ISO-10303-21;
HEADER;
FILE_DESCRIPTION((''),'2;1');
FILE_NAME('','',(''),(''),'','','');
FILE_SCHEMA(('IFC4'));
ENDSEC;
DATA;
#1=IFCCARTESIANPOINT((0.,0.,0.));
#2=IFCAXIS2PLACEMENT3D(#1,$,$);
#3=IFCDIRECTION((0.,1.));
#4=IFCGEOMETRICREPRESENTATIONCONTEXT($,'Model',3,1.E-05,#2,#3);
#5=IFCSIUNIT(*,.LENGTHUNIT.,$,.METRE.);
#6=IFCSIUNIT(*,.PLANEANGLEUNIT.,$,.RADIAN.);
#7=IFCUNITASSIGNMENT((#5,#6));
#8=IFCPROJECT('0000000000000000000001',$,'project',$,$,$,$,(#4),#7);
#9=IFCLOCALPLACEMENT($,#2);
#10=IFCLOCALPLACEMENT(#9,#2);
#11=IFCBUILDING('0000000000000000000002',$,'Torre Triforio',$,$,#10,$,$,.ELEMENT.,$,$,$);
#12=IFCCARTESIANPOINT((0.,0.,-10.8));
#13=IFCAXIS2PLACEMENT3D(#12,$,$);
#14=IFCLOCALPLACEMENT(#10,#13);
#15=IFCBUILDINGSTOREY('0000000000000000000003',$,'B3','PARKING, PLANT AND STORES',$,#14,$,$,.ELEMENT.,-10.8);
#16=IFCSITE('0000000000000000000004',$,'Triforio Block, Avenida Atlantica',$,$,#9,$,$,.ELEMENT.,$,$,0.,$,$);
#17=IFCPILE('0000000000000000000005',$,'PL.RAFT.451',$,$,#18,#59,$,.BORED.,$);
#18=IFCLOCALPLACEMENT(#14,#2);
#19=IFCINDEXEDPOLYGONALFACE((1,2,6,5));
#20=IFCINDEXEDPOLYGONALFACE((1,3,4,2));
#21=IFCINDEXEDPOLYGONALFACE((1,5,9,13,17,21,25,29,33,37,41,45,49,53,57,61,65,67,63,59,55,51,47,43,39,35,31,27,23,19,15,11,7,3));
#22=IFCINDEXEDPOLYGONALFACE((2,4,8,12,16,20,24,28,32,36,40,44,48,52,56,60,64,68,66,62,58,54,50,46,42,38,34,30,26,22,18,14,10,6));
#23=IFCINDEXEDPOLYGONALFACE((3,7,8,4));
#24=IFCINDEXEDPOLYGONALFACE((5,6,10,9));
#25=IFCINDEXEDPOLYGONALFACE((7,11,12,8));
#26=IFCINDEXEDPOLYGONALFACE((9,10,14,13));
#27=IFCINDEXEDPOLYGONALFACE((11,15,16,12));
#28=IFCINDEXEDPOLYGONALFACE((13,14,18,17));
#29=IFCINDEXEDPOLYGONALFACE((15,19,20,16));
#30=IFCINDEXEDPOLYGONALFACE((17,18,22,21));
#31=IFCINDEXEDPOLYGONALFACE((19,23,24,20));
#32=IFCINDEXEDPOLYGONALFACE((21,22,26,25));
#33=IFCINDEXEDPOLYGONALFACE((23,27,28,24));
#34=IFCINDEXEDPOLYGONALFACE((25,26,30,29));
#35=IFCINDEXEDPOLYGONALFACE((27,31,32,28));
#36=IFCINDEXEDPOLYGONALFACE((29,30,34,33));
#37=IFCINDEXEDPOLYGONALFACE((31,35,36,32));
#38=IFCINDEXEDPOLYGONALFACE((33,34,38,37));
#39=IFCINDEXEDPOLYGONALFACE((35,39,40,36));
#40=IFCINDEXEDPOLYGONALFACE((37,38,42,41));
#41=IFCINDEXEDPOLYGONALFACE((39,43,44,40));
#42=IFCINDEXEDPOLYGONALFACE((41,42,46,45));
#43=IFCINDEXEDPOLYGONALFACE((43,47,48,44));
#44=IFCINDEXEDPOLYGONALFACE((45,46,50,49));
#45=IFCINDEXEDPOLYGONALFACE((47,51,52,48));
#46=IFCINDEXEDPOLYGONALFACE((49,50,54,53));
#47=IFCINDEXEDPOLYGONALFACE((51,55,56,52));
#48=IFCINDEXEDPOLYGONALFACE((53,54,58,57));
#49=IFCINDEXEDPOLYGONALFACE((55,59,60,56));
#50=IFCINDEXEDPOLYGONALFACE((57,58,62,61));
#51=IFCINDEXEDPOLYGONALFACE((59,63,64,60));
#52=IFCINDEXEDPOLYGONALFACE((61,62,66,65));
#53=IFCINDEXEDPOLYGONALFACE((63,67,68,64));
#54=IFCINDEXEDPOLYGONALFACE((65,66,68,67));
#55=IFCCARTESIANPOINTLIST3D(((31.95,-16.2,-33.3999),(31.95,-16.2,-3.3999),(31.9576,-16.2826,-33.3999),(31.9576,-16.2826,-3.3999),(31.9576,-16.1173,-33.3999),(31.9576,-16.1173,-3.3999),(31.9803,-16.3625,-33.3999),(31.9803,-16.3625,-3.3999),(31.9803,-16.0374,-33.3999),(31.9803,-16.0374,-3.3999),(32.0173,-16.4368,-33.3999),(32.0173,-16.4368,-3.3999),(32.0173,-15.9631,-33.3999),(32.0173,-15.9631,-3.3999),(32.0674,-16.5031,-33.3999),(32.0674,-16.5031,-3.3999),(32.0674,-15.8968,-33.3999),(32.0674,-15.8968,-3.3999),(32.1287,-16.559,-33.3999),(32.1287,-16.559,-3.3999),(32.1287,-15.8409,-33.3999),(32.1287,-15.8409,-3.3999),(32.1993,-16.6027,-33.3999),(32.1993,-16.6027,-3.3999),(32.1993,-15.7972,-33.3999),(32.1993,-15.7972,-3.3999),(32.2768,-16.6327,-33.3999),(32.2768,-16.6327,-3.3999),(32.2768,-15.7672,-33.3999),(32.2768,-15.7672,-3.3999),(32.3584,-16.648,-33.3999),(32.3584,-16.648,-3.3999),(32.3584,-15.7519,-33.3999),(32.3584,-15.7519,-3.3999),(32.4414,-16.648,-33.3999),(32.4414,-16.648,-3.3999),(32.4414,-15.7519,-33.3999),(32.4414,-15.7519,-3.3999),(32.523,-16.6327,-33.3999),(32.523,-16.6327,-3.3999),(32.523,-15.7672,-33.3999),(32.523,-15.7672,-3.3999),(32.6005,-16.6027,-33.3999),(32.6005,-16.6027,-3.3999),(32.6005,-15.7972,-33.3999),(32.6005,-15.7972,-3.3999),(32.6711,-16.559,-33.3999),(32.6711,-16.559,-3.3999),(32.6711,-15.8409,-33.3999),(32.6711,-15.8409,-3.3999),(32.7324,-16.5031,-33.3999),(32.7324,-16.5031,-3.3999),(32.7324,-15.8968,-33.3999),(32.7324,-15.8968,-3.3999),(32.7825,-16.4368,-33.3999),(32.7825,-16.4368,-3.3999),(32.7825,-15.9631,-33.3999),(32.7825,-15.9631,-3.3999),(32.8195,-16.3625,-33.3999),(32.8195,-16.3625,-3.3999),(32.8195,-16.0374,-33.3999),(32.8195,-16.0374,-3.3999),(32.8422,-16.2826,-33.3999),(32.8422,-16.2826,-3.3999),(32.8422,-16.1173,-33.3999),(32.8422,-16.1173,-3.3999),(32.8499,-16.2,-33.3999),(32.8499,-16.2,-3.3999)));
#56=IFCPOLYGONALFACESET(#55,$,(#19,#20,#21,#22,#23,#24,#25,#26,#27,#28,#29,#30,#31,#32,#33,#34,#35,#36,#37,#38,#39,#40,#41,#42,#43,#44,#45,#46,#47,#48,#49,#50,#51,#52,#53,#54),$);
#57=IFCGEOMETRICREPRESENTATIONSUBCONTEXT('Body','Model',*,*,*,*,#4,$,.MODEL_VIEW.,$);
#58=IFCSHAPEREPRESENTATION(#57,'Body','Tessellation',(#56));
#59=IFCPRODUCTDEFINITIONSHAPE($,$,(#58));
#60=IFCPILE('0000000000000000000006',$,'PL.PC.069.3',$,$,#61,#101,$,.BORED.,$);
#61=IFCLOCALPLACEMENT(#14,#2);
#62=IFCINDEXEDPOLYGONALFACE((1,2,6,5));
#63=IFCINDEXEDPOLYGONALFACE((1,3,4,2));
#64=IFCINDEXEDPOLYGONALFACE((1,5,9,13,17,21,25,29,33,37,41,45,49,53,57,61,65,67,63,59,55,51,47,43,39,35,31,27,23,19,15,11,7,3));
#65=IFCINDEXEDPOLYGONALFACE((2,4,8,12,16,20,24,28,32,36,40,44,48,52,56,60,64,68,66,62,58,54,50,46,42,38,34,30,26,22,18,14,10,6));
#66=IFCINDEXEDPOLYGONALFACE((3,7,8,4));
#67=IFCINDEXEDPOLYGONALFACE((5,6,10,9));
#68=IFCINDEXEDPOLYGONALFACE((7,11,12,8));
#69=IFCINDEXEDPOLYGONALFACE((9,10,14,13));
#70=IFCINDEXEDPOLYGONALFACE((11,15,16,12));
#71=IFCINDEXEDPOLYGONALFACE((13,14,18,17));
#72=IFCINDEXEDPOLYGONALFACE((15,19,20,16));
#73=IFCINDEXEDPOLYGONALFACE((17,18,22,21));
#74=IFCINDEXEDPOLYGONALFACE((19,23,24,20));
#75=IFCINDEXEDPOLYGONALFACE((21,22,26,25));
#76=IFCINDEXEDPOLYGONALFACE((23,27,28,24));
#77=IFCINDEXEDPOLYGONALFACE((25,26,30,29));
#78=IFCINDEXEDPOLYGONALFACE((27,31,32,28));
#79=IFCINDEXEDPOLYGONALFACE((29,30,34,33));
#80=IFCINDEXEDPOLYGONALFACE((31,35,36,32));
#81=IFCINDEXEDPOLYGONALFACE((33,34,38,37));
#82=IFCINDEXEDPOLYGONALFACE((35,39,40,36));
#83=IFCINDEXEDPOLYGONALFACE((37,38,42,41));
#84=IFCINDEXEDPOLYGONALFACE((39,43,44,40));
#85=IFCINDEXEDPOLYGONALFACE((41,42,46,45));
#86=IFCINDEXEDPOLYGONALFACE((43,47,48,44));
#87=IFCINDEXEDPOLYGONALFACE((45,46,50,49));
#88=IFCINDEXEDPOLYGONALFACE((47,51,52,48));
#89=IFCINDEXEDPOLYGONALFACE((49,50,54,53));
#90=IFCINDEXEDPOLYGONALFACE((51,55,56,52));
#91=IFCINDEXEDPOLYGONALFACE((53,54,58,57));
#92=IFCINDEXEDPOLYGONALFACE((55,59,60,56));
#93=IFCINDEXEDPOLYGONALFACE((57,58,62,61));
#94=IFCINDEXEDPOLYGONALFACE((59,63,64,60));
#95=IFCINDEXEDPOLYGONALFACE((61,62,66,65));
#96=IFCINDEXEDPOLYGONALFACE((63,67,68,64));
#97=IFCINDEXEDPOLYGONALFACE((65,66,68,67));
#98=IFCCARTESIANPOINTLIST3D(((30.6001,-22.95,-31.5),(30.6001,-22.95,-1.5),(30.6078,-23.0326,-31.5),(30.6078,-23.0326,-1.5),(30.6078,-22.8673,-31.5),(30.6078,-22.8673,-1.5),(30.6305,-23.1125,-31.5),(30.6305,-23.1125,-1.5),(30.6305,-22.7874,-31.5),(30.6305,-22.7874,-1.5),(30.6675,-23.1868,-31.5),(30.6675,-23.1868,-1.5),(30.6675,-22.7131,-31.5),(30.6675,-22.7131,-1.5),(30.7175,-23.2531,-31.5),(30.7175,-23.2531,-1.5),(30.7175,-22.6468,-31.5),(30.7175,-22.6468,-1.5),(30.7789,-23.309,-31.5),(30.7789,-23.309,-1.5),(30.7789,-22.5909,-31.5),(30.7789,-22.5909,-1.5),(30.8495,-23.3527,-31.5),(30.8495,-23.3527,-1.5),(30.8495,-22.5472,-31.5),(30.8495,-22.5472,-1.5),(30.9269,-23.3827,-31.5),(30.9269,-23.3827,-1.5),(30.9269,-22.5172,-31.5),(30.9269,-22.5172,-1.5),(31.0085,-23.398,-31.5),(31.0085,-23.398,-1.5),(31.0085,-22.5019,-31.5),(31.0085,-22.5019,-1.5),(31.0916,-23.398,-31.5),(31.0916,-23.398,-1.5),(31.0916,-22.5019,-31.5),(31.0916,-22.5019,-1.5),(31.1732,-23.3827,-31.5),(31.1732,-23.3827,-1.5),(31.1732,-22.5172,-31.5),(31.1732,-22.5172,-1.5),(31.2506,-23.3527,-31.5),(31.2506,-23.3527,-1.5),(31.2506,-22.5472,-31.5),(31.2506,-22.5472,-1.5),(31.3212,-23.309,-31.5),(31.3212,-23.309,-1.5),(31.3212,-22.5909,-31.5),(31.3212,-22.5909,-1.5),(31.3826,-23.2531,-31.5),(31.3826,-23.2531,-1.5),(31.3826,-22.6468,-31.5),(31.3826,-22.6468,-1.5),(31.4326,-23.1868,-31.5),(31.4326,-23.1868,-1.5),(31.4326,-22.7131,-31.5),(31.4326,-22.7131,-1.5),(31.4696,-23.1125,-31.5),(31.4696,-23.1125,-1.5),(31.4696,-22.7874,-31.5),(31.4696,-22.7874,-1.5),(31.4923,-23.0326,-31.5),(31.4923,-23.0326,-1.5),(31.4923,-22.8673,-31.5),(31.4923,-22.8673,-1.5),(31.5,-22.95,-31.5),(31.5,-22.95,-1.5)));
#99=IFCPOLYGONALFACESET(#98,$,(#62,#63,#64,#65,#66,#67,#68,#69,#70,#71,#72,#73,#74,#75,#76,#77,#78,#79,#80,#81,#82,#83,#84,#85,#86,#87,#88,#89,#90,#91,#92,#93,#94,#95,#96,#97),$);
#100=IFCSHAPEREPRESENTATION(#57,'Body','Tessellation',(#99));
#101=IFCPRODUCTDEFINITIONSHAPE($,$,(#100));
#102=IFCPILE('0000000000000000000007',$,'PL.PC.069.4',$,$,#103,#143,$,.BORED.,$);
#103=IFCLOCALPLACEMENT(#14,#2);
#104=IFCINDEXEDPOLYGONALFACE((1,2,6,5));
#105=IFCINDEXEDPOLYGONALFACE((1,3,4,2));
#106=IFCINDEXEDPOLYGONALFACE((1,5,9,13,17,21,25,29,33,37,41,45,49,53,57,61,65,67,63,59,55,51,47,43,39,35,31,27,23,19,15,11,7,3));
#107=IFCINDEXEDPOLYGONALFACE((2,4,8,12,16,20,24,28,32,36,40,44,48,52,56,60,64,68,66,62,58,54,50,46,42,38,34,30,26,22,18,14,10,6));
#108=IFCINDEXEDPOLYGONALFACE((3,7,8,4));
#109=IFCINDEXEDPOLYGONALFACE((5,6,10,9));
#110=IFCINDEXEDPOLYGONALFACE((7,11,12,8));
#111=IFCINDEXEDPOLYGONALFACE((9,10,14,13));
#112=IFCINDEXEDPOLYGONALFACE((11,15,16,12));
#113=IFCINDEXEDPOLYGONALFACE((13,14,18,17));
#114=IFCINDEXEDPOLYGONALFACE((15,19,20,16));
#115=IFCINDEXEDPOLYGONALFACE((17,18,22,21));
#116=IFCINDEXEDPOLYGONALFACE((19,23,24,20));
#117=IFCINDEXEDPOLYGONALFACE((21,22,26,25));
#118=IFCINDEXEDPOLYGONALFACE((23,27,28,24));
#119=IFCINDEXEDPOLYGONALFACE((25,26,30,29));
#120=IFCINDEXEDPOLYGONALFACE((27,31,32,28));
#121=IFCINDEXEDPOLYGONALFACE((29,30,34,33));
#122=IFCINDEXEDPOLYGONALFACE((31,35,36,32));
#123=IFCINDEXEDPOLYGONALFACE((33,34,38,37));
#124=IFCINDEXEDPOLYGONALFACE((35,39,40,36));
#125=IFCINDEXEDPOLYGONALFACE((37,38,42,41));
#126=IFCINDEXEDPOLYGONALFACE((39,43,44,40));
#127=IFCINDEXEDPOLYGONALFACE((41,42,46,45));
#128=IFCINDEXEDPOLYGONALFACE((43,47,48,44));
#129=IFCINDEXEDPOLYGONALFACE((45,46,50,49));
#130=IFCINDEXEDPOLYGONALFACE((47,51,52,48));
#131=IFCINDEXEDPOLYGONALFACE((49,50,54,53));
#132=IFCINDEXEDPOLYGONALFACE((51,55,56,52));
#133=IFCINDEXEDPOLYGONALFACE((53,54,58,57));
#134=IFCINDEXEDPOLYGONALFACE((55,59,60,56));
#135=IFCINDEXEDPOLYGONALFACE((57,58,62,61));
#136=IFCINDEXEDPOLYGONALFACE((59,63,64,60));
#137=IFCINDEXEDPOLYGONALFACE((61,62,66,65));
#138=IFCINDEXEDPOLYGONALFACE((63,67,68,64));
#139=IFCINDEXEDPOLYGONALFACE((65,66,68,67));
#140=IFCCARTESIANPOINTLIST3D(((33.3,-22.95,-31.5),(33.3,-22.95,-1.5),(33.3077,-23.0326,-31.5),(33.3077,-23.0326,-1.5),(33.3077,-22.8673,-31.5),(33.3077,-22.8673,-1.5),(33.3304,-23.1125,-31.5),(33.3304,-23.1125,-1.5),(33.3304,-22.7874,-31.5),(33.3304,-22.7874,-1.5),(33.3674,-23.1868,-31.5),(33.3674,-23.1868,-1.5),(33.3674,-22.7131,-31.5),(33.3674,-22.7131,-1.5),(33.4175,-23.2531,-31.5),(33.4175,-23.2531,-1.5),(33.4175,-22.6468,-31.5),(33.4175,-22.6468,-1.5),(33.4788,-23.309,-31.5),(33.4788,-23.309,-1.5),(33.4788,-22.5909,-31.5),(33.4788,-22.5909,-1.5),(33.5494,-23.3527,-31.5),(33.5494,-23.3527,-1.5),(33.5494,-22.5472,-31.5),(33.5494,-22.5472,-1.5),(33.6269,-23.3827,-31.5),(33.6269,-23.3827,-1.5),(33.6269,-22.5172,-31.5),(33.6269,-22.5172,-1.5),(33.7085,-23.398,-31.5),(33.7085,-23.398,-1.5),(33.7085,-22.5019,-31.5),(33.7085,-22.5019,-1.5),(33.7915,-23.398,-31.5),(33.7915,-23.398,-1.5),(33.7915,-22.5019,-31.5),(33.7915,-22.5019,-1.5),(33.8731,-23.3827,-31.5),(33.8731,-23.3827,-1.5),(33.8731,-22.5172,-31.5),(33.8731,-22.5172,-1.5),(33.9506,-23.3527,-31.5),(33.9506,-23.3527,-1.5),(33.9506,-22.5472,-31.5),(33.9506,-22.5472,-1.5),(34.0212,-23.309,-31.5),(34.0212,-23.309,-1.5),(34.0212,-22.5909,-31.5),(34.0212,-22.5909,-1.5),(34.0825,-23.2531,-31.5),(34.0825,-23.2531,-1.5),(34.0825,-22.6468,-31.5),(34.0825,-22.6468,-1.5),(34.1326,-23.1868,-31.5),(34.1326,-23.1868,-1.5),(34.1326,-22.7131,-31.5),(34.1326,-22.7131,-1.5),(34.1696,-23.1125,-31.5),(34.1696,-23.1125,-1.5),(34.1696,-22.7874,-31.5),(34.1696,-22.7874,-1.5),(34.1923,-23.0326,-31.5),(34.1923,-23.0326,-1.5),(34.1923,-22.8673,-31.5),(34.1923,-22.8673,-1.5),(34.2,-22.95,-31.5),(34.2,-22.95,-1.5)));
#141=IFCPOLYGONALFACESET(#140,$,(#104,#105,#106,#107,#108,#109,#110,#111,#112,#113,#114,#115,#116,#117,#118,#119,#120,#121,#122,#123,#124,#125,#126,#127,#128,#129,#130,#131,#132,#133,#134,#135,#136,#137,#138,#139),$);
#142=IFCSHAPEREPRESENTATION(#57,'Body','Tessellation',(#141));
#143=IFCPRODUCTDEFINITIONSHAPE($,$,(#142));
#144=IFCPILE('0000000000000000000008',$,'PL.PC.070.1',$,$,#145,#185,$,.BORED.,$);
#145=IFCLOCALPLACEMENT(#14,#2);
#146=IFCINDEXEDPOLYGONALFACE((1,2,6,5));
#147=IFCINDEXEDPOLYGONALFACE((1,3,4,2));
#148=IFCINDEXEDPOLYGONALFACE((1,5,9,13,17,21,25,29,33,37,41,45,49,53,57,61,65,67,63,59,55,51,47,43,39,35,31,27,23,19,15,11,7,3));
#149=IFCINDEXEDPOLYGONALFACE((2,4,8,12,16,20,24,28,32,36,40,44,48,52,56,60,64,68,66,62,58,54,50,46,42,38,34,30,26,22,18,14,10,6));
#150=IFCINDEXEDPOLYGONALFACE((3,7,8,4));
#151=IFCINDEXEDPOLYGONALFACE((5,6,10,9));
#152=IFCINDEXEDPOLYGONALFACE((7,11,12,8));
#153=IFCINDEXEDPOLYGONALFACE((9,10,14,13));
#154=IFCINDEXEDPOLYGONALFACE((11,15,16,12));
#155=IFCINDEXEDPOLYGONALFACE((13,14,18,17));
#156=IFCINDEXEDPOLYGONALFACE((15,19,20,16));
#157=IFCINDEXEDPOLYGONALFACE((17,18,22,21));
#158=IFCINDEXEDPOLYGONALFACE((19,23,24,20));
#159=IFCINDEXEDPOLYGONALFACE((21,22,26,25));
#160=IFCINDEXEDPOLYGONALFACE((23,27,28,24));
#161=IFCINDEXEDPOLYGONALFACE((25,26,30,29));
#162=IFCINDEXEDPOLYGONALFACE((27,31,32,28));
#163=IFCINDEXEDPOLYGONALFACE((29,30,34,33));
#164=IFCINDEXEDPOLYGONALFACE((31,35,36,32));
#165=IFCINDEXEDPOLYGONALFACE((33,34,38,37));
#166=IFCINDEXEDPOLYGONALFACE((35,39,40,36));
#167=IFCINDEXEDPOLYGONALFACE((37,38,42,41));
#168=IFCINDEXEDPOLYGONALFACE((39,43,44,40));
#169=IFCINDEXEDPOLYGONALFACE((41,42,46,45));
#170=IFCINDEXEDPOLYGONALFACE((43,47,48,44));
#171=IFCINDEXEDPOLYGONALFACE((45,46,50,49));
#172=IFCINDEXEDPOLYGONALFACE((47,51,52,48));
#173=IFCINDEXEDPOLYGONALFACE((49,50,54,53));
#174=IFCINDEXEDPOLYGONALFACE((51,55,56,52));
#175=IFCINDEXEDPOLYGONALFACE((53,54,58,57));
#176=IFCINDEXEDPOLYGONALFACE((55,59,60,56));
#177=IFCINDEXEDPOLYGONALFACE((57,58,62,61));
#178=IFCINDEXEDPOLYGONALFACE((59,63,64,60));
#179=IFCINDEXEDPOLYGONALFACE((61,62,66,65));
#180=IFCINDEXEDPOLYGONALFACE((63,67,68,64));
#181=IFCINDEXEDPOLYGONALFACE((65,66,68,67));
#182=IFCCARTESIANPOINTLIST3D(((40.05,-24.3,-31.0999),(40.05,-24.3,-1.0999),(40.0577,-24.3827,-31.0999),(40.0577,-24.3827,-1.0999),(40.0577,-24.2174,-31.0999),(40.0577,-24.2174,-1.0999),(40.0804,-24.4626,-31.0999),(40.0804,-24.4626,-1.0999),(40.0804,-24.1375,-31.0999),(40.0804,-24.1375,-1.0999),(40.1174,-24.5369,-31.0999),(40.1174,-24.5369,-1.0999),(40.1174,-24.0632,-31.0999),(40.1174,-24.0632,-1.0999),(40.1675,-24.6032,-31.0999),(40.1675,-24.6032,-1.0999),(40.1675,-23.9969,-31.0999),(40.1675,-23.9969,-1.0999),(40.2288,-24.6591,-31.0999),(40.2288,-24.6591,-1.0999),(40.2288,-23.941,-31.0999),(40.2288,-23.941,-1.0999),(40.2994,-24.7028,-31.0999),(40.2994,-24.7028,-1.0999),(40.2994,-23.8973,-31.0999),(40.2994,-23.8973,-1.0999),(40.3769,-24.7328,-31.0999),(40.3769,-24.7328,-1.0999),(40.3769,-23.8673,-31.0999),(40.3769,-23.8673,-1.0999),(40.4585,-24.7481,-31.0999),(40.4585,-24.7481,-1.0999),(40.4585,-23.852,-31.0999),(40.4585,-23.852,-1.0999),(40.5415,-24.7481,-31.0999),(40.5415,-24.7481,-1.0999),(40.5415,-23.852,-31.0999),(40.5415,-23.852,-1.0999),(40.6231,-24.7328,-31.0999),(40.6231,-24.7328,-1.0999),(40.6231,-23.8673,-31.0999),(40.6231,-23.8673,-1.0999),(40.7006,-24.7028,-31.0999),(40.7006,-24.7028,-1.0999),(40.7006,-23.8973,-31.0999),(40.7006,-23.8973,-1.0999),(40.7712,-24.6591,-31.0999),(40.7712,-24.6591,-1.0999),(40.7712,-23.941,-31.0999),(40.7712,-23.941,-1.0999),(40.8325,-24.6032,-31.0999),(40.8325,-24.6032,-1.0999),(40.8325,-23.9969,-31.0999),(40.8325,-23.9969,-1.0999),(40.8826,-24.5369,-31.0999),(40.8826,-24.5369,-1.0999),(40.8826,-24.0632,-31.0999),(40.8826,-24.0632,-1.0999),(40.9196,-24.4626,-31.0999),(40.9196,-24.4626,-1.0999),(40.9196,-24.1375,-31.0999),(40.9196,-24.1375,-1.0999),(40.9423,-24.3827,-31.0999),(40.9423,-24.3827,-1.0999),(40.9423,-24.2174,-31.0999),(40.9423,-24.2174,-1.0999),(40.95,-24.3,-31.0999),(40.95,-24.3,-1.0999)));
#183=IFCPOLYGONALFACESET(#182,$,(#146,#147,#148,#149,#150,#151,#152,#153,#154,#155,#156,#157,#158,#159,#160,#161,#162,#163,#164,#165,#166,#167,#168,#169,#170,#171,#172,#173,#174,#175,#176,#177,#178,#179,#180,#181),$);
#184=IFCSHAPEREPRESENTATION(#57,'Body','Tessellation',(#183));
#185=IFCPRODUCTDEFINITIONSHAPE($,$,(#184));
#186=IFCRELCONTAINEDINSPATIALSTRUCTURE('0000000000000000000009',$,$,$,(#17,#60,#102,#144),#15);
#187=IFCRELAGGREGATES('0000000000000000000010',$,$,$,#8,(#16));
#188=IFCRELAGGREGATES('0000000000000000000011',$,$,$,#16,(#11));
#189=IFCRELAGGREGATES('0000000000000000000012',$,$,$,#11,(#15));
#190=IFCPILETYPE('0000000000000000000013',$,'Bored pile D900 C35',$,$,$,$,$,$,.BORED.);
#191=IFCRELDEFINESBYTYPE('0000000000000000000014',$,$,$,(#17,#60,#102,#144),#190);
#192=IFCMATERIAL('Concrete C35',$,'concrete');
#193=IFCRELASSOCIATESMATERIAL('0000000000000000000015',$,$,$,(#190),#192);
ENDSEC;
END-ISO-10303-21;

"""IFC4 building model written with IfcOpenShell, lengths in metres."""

from ifc_helpers import new_model, si_unit, direction, frame, origin, origin_2d, place, context, subcontext, project, spatial, circle, extrude, material, material_profile, profile_set, type_object, element, save


model = new_model("IFC4")

# Units and contexts
model_context = context("Model", 3, precision=1e-05, world=origin(), true_north=direction((0.0, 1.0)))
body_context = subcontext(model_context, "Body", "Model", "MODEL_VIEW")
ifc_project = project(units=[si_unit("LENGTHUNIT", "METRE"), si_unit("PLANEANGLEUNIT", "RADIAN")], contexts=[model_context])

# Site, building, storey
site_placement = place(None, origin())
site = spatial("IfcSite", under=ifc_project, at=site_placement, Name="Triforio Block, Avenida Atlantica", CompositionType="ELEMENT", RefElevation=0.0)
building_placement = place(site_placement, origin())
building = spatial("IfcBuilding", under=site, at=building_placement, Name="Torre Triforio", CompositionType="ELEMENT")
storey_placement = place(building_placement, frame((0.0, 0.0, -10.8)))
storey = spatial("IfcBuildingStorey", under=building, at=storey_placement, Name="B3", Description="PARKING, PLANT AND STORES", CompositionType="ELEMENT", Elevation=-10.8)

# Piles
ifc_material_1 = material(Name="Concrete C35", Category="concrete")
ifc_material_profile_1 = material_profile(ifc_material_1, circle(Radius=0.45, at=origin_2d()), Name="RC D900")
ifc_profile_set_1 = profile_set([ifc_material_profile_1], Name="Concrete C35")
pile_type = type_object("IfcPileType", Name="Bored pile D900 C35", PredefinedType="BORED", material=ifc_profile_set_1)
for number, where, z_axis, x_axis, name in (
    (1, (32.3999, -16.2, -3.3999), (0.0, 0.0, -1.0), (1.0, 0.0, 0.0), "PL.RAFT.451"),
    (2, (31.05, -22.95, -1.5), (0.0, 0.0, -1.0), (1.0, 0.0, 0.0), "PL.PC.069.3"),
    (3, (33.75, -22.95, -1.5), (0.0, 0.0, -1.0), (1.0, 0.0, 0.0), "PL.PC.069.4"),
    (4, (40.5, -24.3, -1.0999), (0.0, 0.0, -1.0), (1.0, 0.0, 0.0), "PL.PC.070.1"),
):
    element("IfcPile", number, at=place(storey_placement, frame(where, z_axis=z_axis, x_axis=x_axis)), inside=storey, type_object=pile_type, Name=name, PredefinedType="BORED", context=body_context, shape_type="SweptSolid", body=[
        extrude(circle(Radius=0.45, at=origin_2d()), origin(), (0.0, 0.0, 1.0), 30.0),
    ])

save(model, "model.ifc")
